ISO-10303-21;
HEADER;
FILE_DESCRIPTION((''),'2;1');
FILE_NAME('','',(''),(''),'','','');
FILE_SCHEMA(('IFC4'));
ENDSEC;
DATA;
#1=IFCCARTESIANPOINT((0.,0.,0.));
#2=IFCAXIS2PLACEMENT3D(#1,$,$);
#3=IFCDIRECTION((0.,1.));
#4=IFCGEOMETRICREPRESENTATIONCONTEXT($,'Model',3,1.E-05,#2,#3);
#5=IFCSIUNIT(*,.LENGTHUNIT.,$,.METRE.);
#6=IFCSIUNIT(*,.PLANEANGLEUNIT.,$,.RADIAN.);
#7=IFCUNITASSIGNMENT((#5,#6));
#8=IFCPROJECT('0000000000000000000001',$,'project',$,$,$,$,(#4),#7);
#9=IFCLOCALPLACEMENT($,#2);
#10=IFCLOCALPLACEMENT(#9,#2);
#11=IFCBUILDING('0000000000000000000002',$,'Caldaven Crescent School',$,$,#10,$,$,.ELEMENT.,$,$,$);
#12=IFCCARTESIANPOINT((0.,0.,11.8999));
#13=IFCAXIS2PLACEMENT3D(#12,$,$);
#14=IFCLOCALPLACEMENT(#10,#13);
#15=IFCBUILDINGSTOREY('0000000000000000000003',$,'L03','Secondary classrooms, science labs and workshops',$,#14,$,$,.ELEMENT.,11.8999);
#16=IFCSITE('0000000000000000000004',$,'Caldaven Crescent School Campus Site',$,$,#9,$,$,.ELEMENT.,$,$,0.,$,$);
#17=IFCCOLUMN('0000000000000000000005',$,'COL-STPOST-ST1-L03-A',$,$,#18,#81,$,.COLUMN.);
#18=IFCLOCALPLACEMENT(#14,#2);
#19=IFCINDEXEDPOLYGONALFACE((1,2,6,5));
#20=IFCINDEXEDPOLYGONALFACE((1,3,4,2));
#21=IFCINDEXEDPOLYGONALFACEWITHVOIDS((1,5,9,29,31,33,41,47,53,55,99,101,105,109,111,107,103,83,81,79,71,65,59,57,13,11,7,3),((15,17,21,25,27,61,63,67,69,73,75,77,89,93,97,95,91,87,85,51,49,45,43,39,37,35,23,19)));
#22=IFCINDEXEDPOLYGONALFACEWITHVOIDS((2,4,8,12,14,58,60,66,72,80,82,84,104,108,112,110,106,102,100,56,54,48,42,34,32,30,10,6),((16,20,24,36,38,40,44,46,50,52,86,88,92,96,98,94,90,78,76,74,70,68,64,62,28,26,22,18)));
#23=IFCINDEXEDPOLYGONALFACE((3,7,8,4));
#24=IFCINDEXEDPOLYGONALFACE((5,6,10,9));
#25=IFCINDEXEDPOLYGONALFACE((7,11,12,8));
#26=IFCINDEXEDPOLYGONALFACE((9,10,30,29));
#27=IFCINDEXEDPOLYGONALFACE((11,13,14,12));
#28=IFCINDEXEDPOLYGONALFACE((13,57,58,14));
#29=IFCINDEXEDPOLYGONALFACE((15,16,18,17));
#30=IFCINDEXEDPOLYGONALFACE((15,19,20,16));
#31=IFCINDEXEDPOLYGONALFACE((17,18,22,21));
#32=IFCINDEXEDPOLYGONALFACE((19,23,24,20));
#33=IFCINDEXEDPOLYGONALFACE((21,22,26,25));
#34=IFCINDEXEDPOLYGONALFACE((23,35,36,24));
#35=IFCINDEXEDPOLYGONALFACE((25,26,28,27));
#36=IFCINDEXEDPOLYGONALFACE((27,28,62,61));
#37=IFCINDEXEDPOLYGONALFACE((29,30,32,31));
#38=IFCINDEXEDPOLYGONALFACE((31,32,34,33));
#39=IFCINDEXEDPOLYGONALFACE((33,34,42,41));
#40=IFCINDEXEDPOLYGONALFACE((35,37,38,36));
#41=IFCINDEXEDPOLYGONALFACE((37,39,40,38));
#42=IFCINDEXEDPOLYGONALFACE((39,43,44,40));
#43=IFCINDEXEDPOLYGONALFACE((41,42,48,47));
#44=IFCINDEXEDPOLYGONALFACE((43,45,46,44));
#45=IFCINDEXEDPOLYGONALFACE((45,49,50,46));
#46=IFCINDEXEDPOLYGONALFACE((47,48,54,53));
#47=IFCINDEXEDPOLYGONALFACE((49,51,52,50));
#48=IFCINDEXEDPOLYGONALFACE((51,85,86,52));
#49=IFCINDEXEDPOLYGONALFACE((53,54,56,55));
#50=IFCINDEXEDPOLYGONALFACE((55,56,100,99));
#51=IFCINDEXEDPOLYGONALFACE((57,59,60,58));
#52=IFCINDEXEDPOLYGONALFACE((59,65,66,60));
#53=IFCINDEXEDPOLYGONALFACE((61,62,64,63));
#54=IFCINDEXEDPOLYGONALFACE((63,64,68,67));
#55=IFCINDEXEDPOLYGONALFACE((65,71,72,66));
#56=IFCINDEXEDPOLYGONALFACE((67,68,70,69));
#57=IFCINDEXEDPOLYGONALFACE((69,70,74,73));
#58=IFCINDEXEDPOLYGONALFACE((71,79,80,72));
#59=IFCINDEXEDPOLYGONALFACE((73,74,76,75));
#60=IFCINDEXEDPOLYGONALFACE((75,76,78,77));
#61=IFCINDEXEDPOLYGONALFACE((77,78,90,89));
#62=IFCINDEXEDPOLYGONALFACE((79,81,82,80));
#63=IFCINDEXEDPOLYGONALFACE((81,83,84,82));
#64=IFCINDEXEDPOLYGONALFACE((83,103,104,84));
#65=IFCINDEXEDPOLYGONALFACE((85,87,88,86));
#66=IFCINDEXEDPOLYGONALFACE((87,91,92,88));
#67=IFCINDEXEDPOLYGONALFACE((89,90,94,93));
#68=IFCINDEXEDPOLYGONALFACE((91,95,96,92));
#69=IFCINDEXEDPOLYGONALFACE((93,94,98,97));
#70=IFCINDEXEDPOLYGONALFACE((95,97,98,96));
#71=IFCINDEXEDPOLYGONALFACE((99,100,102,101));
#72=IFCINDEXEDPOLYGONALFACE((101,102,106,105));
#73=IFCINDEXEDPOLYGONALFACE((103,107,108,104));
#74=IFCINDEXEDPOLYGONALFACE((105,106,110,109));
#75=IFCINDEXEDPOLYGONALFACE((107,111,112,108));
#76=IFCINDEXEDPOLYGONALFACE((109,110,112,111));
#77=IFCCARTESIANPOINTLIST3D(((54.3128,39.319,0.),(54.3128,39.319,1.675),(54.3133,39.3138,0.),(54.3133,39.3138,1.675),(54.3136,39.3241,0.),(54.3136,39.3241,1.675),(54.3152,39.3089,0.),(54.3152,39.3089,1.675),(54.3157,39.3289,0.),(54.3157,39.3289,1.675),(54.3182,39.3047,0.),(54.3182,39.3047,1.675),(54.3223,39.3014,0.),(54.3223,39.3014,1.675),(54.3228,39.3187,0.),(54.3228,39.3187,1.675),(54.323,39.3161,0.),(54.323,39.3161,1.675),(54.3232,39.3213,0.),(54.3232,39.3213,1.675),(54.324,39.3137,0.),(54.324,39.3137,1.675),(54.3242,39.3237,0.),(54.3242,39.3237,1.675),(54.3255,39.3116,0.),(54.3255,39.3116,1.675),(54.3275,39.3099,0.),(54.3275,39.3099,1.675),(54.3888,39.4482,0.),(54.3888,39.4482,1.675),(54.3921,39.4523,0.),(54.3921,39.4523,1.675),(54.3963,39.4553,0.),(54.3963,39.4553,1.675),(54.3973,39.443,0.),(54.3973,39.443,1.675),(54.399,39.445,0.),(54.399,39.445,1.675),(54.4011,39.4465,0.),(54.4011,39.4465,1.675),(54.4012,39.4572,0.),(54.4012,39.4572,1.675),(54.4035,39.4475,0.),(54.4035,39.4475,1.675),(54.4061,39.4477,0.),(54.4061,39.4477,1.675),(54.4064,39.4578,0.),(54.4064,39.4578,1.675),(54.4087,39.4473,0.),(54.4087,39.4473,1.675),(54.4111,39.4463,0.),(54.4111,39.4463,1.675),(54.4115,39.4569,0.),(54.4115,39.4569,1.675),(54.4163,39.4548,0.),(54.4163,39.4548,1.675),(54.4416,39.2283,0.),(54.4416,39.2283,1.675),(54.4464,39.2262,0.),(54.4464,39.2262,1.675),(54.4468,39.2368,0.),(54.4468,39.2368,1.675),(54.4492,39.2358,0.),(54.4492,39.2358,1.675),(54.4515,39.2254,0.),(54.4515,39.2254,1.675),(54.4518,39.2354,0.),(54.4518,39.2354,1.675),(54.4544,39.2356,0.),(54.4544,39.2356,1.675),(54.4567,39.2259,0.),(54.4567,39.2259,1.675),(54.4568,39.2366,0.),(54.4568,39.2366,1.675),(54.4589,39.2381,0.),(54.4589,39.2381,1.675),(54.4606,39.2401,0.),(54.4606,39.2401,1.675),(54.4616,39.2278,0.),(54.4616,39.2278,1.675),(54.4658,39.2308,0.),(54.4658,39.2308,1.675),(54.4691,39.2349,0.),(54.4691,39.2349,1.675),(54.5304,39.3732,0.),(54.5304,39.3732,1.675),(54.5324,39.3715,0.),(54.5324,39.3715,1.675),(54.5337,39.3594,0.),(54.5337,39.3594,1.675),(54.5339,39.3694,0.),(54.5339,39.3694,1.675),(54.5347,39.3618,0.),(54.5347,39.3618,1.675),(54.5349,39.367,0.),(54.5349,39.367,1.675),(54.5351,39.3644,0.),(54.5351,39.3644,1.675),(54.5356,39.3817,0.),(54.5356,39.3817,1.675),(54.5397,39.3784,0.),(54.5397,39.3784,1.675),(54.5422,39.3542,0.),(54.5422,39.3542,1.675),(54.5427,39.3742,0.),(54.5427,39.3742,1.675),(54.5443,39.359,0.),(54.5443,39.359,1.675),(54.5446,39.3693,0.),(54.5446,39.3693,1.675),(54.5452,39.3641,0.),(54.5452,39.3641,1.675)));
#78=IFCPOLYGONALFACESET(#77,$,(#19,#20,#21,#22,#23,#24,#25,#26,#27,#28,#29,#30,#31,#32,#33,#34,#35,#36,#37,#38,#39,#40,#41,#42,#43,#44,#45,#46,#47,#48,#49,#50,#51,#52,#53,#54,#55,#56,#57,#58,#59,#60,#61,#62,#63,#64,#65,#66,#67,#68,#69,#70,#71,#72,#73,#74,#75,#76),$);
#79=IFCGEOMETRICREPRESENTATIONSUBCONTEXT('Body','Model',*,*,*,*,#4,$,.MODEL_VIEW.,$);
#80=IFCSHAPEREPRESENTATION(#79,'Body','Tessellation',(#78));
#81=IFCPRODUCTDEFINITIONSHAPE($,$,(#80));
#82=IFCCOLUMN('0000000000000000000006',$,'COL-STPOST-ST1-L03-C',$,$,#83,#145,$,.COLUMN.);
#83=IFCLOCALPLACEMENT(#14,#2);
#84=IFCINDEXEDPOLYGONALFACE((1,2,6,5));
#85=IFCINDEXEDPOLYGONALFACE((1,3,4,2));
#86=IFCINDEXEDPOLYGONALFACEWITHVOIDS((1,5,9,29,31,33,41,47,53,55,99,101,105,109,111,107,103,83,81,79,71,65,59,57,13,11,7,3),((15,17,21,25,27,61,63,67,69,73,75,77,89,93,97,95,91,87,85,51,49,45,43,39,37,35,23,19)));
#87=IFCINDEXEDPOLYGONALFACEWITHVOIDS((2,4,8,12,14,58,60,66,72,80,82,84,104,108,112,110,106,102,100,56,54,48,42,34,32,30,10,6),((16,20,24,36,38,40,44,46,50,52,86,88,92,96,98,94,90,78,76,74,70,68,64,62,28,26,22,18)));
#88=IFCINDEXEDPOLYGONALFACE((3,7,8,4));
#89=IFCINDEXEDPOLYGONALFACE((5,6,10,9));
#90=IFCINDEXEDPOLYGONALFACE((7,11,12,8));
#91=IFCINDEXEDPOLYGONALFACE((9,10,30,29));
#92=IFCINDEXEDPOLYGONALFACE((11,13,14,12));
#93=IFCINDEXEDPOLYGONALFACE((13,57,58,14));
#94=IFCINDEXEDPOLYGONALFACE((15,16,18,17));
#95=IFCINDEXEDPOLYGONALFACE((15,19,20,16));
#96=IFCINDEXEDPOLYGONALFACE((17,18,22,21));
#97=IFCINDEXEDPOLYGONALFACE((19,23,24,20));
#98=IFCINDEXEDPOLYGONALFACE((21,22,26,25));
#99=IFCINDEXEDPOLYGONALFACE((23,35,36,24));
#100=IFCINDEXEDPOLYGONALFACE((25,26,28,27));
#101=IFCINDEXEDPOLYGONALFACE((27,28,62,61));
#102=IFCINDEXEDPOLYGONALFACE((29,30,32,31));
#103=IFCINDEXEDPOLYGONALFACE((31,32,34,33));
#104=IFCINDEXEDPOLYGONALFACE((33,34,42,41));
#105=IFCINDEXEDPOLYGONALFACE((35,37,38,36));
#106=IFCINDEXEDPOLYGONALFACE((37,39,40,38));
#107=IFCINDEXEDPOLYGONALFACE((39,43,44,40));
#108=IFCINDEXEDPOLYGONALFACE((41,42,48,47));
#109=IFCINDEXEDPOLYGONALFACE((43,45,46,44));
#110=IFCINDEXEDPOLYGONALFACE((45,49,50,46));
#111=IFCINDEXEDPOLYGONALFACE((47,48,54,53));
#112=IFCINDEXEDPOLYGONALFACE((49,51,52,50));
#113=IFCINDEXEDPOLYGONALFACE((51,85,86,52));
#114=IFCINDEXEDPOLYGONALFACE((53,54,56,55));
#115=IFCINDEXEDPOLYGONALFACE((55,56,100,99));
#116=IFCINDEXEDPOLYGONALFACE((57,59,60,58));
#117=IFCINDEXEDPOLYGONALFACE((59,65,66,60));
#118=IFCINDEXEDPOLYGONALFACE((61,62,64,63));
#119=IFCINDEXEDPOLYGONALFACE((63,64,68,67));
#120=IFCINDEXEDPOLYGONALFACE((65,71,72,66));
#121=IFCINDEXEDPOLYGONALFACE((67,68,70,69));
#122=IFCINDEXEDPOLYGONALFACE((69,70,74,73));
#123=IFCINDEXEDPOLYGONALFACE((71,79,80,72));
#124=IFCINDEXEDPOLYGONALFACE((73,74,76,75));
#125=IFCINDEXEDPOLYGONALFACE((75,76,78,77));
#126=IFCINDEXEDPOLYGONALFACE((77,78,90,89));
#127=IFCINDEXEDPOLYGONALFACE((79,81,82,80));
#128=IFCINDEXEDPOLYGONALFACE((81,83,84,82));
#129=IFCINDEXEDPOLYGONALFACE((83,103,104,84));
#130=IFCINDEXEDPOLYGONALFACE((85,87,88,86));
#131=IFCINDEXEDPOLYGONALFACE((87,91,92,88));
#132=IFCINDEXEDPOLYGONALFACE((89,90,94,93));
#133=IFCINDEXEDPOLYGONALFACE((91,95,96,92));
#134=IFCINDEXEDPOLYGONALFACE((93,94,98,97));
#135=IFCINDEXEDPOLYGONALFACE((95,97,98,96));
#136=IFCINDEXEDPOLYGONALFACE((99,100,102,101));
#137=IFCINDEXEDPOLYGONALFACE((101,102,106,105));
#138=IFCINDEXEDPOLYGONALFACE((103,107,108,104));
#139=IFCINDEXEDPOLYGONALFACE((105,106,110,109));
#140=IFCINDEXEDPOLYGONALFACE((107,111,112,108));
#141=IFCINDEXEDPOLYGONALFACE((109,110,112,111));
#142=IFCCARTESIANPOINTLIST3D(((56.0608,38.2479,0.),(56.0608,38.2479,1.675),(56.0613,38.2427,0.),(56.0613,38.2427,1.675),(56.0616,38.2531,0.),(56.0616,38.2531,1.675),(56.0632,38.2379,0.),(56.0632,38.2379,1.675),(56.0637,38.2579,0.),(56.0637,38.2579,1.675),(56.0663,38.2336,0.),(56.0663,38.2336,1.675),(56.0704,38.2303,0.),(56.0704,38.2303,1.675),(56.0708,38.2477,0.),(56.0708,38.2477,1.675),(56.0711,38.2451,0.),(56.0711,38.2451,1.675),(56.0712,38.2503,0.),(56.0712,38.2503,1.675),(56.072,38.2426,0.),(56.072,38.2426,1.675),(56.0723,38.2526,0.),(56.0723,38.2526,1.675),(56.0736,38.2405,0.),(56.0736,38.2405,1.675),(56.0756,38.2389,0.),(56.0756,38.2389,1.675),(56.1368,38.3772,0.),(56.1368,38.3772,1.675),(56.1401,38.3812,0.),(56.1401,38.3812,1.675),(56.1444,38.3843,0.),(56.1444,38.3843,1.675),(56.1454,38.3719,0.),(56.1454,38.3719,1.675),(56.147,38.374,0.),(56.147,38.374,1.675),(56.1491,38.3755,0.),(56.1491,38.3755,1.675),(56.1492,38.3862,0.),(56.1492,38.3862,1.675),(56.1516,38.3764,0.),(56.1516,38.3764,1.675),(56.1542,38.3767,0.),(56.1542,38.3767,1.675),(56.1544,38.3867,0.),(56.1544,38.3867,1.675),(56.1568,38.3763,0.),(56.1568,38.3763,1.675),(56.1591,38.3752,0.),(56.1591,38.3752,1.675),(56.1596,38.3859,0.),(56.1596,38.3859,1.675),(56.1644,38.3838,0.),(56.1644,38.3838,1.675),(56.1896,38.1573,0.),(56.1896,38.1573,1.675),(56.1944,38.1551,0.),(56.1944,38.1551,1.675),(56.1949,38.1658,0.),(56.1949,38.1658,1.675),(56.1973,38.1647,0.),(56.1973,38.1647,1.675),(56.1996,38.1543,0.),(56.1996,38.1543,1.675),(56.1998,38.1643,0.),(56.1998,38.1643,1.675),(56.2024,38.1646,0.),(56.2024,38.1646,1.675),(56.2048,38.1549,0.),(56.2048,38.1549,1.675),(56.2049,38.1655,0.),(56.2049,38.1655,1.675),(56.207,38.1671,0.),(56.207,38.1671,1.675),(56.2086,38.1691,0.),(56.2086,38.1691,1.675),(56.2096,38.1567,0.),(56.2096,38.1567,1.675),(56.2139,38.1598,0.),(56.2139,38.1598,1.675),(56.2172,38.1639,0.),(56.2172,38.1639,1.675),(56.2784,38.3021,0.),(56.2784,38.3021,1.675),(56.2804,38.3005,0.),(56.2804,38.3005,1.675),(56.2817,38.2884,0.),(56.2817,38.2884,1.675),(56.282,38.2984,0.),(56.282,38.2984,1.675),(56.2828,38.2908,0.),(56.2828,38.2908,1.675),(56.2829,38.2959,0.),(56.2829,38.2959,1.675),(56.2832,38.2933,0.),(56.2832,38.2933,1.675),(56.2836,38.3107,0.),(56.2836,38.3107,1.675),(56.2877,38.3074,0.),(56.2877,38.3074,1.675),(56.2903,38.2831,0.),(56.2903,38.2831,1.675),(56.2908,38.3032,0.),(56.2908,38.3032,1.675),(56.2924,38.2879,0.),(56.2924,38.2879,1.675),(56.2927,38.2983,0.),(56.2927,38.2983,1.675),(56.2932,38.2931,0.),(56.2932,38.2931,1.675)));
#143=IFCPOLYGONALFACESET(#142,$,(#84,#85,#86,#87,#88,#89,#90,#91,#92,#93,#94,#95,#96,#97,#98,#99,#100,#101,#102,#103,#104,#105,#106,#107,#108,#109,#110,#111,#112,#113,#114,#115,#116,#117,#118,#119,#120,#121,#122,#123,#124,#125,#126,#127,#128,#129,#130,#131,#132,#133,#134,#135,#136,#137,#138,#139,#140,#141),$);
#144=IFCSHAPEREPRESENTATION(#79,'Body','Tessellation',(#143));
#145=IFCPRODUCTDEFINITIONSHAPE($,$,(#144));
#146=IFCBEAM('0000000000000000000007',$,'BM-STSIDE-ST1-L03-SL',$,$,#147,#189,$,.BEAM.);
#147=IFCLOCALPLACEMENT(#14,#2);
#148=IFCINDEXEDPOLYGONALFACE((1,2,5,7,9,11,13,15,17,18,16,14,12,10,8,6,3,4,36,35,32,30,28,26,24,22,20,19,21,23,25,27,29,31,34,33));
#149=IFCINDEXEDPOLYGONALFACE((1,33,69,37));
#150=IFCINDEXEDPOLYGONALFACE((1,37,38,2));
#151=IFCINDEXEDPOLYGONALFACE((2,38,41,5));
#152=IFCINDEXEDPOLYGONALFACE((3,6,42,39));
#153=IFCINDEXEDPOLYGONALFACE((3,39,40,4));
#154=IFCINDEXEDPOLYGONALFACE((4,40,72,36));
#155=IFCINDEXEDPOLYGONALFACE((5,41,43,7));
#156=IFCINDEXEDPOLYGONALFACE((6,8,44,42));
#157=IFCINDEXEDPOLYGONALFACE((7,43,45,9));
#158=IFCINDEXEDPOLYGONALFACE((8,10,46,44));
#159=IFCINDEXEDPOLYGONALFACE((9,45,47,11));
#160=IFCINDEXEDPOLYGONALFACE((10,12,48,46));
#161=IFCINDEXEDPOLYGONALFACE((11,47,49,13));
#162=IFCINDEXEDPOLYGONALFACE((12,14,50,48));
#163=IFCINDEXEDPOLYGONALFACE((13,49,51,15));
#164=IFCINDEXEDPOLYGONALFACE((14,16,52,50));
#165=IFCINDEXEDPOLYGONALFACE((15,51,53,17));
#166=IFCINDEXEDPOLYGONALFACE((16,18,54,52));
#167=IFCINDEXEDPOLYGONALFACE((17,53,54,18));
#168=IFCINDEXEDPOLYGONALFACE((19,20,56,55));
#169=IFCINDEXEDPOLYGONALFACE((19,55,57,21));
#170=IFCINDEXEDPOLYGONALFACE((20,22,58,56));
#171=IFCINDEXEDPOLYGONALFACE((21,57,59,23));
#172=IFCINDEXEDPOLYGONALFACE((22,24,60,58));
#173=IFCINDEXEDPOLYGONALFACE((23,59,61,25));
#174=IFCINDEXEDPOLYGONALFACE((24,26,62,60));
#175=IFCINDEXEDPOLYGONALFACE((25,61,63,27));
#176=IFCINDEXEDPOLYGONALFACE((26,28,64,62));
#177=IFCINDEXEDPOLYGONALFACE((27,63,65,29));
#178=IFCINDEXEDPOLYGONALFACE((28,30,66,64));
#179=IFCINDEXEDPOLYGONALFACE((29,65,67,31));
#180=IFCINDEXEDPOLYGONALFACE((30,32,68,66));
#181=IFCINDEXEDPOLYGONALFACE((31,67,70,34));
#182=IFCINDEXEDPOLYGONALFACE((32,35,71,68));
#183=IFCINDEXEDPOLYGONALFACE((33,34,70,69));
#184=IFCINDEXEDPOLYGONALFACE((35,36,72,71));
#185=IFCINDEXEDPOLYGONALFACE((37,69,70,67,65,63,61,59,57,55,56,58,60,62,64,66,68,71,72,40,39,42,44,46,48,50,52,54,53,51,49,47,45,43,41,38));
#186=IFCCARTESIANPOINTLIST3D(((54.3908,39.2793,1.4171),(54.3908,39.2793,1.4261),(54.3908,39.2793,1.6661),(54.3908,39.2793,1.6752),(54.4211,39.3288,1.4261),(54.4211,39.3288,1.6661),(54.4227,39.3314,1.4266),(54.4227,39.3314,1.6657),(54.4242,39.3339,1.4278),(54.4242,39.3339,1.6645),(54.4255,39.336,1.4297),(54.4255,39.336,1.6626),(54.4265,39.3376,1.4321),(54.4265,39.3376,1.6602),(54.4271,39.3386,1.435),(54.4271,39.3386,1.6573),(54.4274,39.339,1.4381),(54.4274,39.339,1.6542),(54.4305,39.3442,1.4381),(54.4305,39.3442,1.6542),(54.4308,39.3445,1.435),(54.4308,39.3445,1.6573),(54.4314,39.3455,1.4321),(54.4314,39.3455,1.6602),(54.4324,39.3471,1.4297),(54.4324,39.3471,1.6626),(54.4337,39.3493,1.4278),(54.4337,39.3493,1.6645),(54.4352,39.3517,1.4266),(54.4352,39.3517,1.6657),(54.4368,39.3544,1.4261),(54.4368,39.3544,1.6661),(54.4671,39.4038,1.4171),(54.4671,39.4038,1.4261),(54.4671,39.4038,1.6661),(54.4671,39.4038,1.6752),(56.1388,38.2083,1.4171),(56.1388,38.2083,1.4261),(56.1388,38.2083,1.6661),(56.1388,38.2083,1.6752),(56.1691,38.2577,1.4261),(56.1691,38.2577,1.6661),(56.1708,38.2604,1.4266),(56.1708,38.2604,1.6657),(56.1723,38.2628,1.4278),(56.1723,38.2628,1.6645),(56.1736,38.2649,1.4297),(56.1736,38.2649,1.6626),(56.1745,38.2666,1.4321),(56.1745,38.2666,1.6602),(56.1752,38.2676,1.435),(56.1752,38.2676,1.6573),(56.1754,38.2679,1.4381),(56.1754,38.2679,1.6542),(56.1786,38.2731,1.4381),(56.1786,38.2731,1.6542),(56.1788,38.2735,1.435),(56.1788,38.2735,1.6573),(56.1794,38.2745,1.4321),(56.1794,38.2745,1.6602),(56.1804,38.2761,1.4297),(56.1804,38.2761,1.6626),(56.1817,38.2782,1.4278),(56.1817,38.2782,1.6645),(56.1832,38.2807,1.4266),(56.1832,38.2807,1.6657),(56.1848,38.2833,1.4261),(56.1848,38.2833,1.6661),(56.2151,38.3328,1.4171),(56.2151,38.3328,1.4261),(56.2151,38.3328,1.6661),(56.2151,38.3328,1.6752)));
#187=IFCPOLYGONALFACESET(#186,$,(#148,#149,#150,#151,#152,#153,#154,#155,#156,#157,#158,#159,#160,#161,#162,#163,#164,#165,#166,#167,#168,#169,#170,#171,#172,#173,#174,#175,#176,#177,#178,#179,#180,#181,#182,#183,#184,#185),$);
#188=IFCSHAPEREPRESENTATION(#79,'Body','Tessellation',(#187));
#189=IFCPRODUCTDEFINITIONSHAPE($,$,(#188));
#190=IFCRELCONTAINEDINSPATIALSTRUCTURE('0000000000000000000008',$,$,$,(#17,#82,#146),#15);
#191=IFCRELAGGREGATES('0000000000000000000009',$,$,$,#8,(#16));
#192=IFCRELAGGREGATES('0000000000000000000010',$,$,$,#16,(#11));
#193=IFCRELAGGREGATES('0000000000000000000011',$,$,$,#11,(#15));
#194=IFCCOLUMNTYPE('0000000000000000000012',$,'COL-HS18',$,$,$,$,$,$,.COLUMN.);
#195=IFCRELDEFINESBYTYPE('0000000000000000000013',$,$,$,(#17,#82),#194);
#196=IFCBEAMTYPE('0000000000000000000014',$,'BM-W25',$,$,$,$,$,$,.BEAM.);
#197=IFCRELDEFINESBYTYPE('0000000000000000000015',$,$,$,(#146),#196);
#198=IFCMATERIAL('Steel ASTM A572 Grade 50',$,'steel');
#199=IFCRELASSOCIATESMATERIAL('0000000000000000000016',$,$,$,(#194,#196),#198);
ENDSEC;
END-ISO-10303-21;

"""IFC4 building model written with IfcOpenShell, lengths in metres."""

from ifc_helpers import new_model, si_unit, direction, frame, origin, origin_2d, place, context, subcontext, project, spatial, hollow_rectangle, i_section, extrude, material, material_profile, profile_set, type_object, element, save


model = new_model("IFC4")

# Units and contexts
model_context = context("Model", 3, precision=1e-05, world=origin(), true_north=direction((0.0, 1.0)))
body_context = subcontext(model_context, "Body", "Model", "MODEL_VIEW")
ifc_project = project(units=[si_unit("LENGTHUNIT", "METRE"), si_unit("PLANEANGLEUNIT", "RADIAN")], contexts=[model_context])

# Site, building, storey
site_placement = place(None, origin())
site = spatial("IfcSite", under=ifc_project, at=site_placement, Name="Caldaven Crescent School Campus Site", CompositionType="ELEMENT", RefElevation=0.0)
building_placement = place(site_placement, origin())
building = spatial("IfcBuilding", under=site, at=building_placement, Name="Caldaven Crescent School", CompositionType="ELEMENT")
storey_placement = place(building_placement, frame((0.0, 0.0, 11.8999)))
storey = spatial("IfcBuildingStorey", under=building, at=storey_placement, Name="L03", Description="Secondary classrooms, science labs and workshops", CompositionType="ELEMENT", Elevation=11.8999)

# Columns
ifc_material_1 = material(Name="Steel ASTM A572 Grade 50", Category="steel")
ifc_material_profile_1 = material_profile(ifc_material_1, hollow_rectangle(XDim=0.1799, YDim=0.1799, WallThickness=0.01, InnerFilletRadius=0.01, OuterFilletRadius=0.02, at=origin_2d()), Name="HSS 180x180x10")
ifc_profile_set_1 = profile_set([ifc_material_profile_1], Name="Steel ASTM A572 Grade 50")
column_type = type_object("IfcColumnType", Name="COL-HS18", PredefinedType="COLUMN", material=ifc_profile_set_1)
for number, where, z_axis, x_axis, name in (
    (1, (54.429, 39.3416, 0.0), (0.0, 0.0, 1.0), (0.85264, -0.522499, 0.0), "COL-STPOST-ST1-L03-A"),
    (2, (56.177, 38.2705, 0.0), (0.0, 0.0, 1.0), (0.85264, -0.522499, 0.0), "COL-STPOST-ST1-L03-C"),
):
    element("IfcColumn", number, at=place(storey_placement, frame(where, z_axis=z_axis, x_axis=x_axis)), inside=storey, type_object=column_type, Name=name, PredefinedType="COLUMN", context=body_context, shape_type="SweptSolid", body=[
        extrude(hollow_rectangle(XDim=0.1799, YDim=0.1799, WallThickness=0.01, InnerFilletRadius=0.01, OuterFilletRadius=0.02, at=origin_2d()), origin(), (0.0, 0.0, 1.0), 1.675),
    ])

# Beam
ifc_material_profile_2 = material_profile(ifc_material_1, i_section(OverallWidth=0.146, OverallDepth=0.2581, WebThickness=0.0061, FlangeThickness=0.009, FilletRadius=0.012, at=origin_2d()), Name="W250x33")
ifc_profile_set_2 = profile_set([ifc_material_profile_2], Name="Steel ASTM A572 Grade 50")
beam_type_1 = type_object("IfcBeamType", Name="BM-W25", PredefinedType="BEAM", material=ifc_profile_set_2)
beam_1_placement = place(storey_placement, frame((54.429, 39.3416, 1.5461), z_axis=(0.852675, -0.522442, 0.0), x_axis=(0.522442, 0.852675, 0.0)))
element("IfcBeam", 3, at=beam_1_placement, inside=storey, type_object=beam_type_1, Name="BM-STSIDE-ST1-L03-SL", PredefinedType="BEAM", context=body_context, shape_type="SweptSolid", body=[
    extrude(i_section(OverallWidth=0.146, OverallDepth=0.2581, WebThickness=0.0061, FlangeThickness=0.009, FilletRadius=0.012, at=origin_2d()), origin(), (0.0, 0.0, 1.0), 2.05),
])

save(model, "model.ifc")
